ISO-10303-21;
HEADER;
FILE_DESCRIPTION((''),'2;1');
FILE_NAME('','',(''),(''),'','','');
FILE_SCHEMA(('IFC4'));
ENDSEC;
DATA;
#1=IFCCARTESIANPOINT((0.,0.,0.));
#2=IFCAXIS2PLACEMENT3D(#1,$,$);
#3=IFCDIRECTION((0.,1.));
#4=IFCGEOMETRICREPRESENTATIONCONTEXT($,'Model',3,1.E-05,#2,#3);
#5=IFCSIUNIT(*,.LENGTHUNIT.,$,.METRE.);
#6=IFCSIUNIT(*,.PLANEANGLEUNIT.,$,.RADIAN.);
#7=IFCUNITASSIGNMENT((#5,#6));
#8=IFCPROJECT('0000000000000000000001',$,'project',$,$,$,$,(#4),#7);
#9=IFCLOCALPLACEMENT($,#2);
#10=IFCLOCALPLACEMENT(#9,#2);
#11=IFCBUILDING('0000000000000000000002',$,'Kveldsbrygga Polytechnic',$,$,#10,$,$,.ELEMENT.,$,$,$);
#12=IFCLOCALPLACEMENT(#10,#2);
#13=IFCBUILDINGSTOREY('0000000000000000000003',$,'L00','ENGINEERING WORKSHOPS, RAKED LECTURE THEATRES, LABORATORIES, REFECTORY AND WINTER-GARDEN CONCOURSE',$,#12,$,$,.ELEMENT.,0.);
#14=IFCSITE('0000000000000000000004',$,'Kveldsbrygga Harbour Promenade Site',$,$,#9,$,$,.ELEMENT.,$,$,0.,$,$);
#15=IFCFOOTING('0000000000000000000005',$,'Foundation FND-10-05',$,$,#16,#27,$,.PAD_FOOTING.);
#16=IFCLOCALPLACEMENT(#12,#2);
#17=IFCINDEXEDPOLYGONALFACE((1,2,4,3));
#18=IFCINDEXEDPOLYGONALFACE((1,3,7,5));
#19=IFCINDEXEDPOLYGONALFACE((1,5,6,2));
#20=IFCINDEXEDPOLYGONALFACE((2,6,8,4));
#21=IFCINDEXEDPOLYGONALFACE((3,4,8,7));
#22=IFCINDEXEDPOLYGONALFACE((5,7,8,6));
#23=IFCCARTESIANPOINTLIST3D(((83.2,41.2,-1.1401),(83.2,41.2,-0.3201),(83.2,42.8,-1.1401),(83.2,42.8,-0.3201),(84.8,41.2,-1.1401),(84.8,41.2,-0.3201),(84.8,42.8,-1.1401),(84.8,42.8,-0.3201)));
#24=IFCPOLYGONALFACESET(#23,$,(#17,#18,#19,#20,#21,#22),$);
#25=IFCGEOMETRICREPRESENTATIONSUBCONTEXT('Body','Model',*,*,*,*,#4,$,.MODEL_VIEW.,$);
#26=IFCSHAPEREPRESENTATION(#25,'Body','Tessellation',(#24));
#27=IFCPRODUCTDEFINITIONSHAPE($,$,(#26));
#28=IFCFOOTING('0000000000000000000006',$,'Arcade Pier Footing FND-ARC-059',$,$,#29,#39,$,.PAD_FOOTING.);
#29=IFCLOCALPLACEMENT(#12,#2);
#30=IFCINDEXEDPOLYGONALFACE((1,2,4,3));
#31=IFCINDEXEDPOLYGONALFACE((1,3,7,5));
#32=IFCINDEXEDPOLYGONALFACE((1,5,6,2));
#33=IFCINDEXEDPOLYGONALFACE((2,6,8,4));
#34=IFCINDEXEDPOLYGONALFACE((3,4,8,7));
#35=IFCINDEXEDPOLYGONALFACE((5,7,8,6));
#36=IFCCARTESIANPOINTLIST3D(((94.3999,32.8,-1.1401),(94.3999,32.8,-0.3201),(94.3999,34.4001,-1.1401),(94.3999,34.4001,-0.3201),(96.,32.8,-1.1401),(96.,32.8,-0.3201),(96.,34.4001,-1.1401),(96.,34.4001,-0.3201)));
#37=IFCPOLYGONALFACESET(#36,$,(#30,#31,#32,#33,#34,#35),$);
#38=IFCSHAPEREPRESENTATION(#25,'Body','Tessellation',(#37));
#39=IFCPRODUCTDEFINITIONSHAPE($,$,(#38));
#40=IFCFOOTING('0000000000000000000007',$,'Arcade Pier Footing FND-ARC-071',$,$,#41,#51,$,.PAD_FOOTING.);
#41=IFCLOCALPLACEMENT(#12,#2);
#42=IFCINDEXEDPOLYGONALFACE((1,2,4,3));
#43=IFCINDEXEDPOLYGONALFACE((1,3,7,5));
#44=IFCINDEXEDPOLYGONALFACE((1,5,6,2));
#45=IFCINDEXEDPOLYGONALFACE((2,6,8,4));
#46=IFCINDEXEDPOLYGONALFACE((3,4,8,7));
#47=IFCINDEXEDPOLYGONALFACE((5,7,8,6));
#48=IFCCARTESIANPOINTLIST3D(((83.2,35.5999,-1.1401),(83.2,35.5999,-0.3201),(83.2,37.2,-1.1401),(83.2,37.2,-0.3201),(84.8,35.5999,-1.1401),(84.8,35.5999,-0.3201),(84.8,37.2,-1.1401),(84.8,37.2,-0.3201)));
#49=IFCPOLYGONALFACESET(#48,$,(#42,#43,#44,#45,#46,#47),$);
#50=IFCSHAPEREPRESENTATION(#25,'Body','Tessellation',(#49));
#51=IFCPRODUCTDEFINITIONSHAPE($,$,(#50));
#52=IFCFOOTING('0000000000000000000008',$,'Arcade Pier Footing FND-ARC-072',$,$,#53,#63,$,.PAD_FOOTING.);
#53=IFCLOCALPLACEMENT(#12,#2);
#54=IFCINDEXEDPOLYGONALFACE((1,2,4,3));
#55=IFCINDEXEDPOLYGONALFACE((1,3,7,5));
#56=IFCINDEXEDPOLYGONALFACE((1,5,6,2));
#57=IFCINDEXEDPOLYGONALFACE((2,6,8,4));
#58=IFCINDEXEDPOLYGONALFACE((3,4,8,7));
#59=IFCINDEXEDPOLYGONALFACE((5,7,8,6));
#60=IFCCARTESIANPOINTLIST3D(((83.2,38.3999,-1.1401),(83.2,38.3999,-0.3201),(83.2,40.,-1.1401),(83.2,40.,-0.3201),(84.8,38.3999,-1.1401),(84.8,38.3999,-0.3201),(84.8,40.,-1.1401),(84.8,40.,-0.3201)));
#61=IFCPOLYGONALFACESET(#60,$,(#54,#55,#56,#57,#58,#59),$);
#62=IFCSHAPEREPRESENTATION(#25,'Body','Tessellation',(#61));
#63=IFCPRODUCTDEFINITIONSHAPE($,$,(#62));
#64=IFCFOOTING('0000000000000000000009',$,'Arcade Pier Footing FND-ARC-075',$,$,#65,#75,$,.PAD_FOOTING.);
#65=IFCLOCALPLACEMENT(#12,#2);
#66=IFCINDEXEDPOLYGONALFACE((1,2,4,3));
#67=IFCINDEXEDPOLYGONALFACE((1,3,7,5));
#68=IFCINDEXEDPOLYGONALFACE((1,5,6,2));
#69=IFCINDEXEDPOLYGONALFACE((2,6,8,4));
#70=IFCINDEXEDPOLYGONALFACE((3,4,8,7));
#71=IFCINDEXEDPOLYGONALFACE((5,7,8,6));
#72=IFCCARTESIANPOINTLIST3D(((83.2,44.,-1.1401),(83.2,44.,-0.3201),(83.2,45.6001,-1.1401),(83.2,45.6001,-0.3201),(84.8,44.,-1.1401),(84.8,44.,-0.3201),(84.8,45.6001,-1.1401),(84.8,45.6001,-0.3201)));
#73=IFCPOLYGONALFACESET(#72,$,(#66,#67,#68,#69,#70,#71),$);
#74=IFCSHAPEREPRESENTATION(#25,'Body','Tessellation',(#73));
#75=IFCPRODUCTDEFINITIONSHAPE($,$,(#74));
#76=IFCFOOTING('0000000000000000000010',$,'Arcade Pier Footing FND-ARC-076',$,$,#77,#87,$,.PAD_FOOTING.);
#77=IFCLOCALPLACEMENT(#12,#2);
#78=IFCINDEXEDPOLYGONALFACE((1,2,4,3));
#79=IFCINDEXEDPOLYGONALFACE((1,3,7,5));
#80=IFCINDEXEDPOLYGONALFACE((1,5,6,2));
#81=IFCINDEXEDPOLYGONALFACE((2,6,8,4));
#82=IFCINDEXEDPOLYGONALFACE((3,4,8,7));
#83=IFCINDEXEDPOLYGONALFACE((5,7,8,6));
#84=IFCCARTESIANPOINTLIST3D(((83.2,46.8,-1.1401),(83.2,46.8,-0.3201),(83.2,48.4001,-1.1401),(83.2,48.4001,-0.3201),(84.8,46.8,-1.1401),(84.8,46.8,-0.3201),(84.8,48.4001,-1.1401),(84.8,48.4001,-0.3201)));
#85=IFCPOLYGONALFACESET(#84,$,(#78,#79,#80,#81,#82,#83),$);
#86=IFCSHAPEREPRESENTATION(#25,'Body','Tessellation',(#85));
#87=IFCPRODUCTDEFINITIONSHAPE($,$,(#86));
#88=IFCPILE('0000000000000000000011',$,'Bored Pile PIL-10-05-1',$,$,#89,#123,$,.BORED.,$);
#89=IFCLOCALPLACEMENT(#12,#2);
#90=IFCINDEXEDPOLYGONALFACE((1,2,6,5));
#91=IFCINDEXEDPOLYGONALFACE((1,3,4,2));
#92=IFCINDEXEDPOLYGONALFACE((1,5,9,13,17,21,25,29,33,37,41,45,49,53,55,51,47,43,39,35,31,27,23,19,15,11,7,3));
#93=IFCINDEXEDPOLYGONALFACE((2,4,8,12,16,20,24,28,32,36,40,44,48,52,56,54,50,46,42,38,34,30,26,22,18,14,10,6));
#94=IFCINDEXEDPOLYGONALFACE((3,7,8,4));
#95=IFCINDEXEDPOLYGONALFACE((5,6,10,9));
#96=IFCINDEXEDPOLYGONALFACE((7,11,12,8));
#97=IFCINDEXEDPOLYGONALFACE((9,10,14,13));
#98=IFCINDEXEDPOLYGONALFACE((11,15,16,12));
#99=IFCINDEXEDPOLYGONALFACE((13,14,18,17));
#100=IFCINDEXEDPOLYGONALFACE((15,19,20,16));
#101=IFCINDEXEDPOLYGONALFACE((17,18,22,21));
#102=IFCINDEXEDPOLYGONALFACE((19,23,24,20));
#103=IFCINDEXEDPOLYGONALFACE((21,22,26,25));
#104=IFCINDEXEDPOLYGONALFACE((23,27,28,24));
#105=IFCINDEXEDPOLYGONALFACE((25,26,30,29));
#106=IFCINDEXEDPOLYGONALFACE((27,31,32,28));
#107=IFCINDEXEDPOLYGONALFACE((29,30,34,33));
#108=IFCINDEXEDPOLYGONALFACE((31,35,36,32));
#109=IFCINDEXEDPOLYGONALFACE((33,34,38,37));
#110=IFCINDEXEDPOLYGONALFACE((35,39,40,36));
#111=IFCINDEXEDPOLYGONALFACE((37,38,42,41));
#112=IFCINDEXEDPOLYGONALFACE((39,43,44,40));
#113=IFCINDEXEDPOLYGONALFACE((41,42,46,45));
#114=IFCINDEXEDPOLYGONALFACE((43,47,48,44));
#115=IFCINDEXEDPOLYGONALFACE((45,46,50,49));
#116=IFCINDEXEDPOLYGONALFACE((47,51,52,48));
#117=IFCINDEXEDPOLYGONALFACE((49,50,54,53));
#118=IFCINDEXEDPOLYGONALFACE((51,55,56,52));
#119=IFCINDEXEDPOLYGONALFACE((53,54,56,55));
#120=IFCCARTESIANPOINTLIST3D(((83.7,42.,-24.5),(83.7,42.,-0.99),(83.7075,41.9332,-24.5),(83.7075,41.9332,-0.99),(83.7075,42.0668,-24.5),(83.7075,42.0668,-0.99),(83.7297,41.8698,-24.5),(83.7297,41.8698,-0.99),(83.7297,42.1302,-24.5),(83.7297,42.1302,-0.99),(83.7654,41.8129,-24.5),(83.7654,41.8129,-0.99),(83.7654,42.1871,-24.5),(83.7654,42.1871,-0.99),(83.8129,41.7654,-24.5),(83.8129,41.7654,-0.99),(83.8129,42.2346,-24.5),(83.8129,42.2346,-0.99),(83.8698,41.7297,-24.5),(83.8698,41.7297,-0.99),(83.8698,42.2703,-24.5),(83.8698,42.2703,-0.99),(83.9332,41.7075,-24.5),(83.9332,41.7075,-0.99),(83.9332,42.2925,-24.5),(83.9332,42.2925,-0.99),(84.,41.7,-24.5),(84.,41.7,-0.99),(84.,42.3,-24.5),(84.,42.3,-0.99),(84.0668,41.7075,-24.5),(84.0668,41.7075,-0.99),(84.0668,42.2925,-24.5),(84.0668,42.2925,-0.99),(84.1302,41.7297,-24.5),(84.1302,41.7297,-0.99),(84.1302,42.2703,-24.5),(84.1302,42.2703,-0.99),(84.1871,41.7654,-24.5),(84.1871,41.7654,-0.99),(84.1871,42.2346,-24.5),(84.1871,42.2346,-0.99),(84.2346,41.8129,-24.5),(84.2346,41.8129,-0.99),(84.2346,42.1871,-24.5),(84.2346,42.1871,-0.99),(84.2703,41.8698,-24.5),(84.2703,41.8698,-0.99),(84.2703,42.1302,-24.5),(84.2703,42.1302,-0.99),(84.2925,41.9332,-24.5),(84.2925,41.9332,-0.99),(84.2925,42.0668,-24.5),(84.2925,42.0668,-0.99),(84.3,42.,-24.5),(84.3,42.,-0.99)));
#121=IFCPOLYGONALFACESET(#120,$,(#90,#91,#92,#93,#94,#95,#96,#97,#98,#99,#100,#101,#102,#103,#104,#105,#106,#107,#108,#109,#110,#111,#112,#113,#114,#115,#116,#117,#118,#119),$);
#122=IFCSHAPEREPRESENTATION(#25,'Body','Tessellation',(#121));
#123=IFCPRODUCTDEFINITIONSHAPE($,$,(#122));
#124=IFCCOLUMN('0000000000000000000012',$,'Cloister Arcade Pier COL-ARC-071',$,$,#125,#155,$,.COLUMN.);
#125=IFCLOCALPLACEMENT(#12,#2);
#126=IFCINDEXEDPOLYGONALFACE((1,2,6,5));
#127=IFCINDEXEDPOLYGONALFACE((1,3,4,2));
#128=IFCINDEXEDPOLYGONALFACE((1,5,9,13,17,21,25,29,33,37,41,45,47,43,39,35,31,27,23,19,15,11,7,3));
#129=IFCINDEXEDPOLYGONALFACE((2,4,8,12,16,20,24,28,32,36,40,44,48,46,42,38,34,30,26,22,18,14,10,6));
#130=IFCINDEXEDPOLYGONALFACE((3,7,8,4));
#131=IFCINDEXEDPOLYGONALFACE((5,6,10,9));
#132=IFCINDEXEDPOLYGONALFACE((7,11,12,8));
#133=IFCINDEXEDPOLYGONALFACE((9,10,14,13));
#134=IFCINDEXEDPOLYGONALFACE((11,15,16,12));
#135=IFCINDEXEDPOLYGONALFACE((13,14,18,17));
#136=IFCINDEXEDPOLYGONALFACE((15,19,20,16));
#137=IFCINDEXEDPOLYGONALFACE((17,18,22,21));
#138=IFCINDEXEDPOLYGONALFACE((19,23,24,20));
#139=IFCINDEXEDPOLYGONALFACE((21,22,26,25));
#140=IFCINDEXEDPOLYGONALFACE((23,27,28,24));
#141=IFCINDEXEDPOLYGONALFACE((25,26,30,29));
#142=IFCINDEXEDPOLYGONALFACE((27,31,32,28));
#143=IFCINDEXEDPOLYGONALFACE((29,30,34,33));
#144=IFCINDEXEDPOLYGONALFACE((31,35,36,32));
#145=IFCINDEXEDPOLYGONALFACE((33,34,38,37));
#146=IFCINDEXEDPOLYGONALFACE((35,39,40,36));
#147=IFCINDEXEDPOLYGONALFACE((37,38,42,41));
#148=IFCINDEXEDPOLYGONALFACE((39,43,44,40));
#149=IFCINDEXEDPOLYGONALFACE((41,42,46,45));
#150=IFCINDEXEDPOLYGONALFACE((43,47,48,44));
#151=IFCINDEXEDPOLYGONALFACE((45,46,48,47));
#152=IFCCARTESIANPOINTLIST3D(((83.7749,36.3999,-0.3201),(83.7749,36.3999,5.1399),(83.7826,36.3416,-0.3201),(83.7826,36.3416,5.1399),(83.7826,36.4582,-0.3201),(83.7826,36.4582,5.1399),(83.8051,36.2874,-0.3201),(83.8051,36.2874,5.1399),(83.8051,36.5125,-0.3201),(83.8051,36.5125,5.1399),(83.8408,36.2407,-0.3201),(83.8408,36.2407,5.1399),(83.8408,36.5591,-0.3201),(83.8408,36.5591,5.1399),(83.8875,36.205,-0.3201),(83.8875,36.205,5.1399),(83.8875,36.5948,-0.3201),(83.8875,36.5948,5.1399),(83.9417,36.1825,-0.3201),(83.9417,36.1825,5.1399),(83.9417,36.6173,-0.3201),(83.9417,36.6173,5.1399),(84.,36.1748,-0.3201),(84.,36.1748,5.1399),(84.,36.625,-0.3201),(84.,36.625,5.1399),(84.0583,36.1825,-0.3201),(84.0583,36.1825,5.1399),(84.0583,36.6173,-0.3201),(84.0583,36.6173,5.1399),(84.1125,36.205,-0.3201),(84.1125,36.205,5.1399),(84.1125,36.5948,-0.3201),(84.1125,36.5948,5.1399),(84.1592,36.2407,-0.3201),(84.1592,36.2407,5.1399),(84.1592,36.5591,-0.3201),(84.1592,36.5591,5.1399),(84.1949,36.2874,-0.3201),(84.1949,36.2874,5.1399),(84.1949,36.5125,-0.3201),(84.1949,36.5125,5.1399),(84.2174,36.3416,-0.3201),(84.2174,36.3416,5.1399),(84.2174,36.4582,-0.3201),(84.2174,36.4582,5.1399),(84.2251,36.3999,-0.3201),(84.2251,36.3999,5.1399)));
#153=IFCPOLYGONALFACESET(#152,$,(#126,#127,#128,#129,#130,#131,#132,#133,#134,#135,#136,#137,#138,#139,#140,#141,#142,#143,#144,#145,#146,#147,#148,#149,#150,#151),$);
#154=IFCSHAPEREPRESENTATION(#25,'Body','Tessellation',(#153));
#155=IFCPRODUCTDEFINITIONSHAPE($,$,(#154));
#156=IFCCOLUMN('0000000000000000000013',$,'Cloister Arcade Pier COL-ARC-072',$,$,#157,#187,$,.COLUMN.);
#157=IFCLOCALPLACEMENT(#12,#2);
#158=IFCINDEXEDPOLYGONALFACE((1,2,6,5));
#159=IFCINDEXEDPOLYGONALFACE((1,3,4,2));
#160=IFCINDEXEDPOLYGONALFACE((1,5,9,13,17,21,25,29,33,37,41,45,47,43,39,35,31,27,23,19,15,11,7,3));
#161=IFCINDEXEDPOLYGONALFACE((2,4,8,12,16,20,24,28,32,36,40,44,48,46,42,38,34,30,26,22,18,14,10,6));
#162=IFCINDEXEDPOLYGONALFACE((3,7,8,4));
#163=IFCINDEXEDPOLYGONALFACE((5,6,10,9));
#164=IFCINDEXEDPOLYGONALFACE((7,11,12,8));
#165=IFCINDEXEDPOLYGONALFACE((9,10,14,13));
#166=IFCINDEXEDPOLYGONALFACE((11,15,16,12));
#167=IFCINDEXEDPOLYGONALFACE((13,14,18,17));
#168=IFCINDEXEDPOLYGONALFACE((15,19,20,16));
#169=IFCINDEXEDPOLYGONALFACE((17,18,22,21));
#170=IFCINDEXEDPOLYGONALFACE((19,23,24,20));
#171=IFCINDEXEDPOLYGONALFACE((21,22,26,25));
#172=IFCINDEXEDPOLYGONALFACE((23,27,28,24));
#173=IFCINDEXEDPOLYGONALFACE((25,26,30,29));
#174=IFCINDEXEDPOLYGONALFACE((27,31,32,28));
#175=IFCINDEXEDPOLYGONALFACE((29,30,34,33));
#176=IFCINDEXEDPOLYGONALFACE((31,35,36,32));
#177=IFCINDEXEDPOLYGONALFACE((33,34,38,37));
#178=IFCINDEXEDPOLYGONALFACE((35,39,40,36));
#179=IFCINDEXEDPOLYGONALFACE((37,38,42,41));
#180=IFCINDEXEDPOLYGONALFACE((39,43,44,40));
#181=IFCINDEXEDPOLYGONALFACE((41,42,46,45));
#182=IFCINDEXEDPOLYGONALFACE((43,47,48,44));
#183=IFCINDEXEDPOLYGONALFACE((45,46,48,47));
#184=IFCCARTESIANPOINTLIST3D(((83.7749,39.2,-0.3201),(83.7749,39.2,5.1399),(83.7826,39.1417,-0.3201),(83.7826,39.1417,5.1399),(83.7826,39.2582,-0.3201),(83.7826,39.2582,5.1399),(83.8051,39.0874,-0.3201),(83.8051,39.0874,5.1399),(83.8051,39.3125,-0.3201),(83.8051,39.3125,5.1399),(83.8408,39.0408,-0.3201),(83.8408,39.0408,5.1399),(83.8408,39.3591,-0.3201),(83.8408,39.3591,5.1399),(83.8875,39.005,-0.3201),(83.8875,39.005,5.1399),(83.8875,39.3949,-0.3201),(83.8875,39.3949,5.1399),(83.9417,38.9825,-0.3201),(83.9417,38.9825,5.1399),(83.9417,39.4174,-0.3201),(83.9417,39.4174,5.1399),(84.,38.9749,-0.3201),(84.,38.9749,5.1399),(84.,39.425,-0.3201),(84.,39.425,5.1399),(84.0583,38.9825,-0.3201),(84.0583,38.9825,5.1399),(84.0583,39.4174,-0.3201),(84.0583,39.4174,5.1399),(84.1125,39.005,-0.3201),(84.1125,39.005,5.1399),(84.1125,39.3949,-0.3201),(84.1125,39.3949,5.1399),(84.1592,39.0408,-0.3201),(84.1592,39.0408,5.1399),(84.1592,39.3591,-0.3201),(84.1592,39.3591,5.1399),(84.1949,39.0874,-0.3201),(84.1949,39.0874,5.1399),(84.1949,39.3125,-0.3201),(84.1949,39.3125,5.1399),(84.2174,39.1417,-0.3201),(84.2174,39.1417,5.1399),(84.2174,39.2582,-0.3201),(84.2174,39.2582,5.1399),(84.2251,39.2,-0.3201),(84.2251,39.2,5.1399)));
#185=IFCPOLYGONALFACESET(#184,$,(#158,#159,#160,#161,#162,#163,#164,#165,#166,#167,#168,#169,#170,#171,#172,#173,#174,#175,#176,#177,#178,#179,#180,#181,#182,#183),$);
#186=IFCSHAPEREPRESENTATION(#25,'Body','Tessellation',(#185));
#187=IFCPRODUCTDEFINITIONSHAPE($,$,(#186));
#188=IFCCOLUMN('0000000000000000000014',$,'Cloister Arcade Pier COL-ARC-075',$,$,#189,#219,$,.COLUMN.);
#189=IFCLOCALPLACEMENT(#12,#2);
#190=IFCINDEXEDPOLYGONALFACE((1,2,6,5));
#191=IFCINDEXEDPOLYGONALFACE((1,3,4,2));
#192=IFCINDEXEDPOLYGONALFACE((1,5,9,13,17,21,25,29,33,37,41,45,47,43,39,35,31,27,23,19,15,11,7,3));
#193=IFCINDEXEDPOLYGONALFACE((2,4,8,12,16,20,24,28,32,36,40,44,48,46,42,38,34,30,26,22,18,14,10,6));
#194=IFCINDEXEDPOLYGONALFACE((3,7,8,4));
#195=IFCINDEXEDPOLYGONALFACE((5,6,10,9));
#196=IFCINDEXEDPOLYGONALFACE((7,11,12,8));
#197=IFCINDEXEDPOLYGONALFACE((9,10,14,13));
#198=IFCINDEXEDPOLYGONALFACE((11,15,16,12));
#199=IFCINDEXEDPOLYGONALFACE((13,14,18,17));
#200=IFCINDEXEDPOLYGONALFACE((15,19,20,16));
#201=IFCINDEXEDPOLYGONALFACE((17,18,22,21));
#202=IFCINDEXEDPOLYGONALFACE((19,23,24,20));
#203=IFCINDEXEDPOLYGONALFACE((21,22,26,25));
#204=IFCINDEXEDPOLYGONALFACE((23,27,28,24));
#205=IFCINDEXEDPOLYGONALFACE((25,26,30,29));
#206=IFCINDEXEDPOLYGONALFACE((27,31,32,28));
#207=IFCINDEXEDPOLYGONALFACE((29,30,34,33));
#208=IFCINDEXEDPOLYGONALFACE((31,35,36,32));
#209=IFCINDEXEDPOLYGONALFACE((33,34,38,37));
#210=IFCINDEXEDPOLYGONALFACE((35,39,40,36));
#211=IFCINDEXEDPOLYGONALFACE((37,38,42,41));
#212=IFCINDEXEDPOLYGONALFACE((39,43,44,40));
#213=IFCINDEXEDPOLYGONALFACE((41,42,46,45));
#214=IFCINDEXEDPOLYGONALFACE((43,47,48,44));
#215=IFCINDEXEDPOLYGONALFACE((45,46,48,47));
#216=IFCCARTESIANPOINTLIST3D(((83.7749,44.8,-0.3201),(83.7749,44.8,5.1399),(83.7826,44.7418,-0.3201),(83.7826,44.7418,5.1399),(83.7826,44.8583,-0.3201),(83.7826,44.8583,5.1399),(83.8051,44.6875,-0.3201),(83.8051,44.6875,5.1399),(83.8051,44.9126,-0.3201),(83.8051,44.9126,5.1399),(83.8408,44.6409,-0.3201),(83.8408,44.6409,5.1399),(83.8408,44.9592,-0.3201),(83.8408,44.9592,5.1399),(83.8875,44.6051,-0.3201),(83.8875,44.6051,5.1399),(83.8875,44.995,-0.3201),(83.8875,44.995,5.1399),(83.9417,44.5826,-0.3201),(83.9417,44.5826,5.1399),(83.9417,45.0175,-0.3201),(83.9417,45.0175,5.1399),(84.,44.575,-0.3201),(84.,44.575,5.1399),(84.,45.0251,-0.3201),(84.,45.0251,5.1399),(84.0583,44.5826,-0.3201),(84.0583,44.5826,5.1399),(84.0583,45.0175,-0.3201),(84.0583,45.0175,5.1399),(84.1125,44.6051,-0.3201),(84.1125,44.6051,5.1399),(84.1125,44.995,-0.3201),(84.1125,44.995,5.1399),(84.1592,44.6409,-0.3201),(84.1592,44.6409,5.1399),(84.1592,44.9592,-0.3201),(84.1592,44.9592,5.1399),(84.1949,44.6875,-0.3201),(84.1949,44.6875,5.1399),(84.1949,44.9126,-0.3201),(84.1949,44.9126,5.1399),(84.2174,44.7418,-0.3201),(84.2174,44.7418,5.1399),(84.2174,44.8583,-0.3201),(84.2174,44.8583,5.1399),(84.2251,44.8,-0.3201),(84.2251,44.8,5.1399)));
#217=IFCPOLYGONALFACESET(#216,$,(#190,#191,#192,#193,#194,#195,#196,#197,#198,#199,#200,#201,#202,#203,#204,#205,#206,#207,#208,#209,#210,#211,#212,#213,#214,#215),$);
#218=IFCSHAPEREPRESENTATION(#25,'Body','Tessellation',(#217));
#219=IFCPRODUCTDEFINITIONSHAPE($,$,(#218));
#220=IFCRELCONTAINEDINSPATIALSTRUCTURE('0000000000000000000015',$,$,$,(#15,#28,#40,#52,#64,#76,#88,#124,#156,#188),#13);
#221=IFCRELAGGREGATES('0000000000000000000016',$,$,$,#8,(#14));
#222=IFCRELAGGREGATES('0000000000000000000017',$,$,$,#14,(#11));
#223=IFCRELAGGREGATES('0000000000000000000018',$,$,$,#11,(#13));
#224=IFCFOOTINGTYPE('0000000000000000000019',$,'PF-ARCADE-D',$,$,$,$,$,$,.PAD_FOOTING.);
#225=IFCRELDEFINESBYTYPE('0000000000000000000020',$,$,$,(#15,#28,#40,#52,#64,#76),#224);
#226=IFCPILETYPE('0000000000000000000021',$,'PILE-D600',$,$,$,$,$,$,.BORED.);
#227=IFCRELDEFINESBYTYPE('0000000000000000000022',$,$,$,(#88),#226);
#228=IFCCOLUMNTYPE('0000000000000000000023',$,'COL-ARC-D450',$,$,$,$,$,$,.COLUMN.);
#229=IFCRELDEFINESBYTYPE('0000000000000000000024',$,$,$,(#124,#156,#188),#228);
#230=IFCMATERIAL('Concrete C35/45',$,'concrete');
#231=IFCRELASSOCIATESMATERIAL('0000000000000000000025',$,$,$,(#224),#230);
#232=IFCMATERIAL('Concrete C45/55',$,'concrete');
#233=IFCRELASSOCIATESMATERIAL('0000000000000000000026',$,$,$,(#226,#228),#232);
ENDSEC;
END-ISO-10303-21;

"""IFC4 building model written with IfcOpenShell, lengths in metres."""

from ifc_helpers import new_model, si_unit, direction, frame, origin, origin_2d, place, context, subcontext, project, spatial, rectangle, circle, extrude, material, material_profile, profile_set, type_object, element, save


model = new_model("IFC4")

# Units and contexts
model_context = context("Model", 3, precision=1e-05, world=origin(), true_north=direction((0.0, 1.0)))
body_context = subcontext(model_context, "Body", "Model", "MODEL_VIEW")
ifc_project = project(units=[si_unit("LENGTHUNIT", "METRE"), si_unit("PLANEANGLEUNIT", "RADIAN")], contexts=[model_context])

# Site, building, storey
site_placement = place(None, origin())
site = spatial("IfcSite", under=ifc_project, at=site_placement, Name="Kveldsbrygga Harbour Promenade Site", CompositionType="ELEMENT", RefElevation=0.0)
building_placement = place(site_placement, origin())
building = spatial("IfcBuilding", under=site, at=building_placement, Name="Kveldsbrygga Polytechnic", CompositionType="ELEMENT")
storey_placement = place(building_placement, origin())
storey = spatial("IfcBuildingStorey", under=building, at=storey_placement, Name="L00", Description="ENGINEERING WORKSHOPS, RAKED LECTURE THEATRES, LABORATORIES, REFECTORY AND WINTER-GARDEN CONCOURSE", CompositionType="ELEMENT", Elevation=0.0)

# Footings
ifc_material_1 = material(Name="Concrete C35/45", Category="concrete")
footing_type = type_object("IfcFootingType", Name="PF-ARCADE-D", PredefinedType="PAD_FOOTING", material=ifc_material_1)
for number, where, z_axis, x_axis, name in (
    (1, (84.0, 42.0, -1.1401), (0.0, 0.0, 1.0), (1.0, 0.0, 0.0), "Foundation FND-10-05"),
    (2, (95.2, 33.6001, -1.1401), (0.0, 0.0, 1.0), (1.0, 0.0, 0.0), "Arcade Pier Footing FND-ARC-059"),
    (3, (84.0, 36.3999, -1.1401), (0.0, 0.0, 1.0), (1.0, 0.0, 0.0), "Arcade Pier Footing FND-ARC-071"),
    (4, (84.0, 39.2, -1.1401), (0.0, 0.0, 1.0), (1.0, 0.0, 0.0), "Arcade Pier Footing FND-ARC-072"),
    (5, (84.0, 44.8, -1.1401), (0.0, 0.0, 1.0), (1.0, 0.0, 0.0), "Arcade Pier Footing FND-ARC-075"),
    (6, (84.0, 47.6001, -1.1401), (0.0, 0.0, 1.0), (1.0, 0.0, 0.0), "Arcade Pier Footing FND-ARC-076"),
):
    element("IfcFooting", number, at=place(storey_placement, frame(where, z_axis=z_axis, x_axis=x_axis)), inside=storey, type_object=footing_type, Name=name, PredefinedType="PAD_FOOTING", context=body_context, shape_type="SweptSolid", body=[
        extrude(rectangle(XDim=1.6001, YDim=1.6001, at=origin_2d()), origin(), (0.0, 0.0, 1.0), 0.8201),
    ])

# Pile
ifc_material_2 = material(Name="Concrete C45/55", Category="concrete")
ifc_material_profile_1 = material_profile(ifc_material_2, circle(Radius=0.3, at=origin_2d()), Name="PILE D600")
ifc_profile_set_1 = profile_set([ifc_material_profile_1], Name="Concrete C45/55")
pile_type = type_object("IfcPileType", Name="PILE-D600", PredefinedType="BORED", material=ifc_profile_set_1)
pile_placement = place(storey_placement, frame((84.0, 42.0, -0.99), z_axis=(0.0, 0.0, -1.0), x_axis=(1.0, 0.0, 0.0)))
element("IfcPile", 7, at=pile_placement, inside=storey, type_object=pile_type, Name="Bored Pile PIL-10-05-1", PredefinedType="BORED", context=body_context, shape_type="SweptSolid", body=[
    extrude(circle(Radius=0.3, at=origin_2d()), origin(), (0.0, 0.0, 1.0), 23.51),
])

# Columns
ifc_material_profile_2 = material_profile(ifc_material_2, circle(Radius=0.2251, at=origin_2d()), Name="RC D450")
ifc_profile_set_2 = profile_set([ifc_material_profile_2], Name="Concrete C45/55")
column_type_1 = type_object("IfcColumnType", Name="COL-ARC-D450", PredefinedType="COLUMN", material=ifc_profile_set_2)
for number, where, z_axis, x_axis, name in (
    (8, (84.0, 36.3999, -0.3201), (0.0, 0.0, 1.0), (1.0, 0.0, 0.0), "Cloister Arcade Pier COL-ARC-071"),
    (9, (84.0, 39.2, -0.3201), (0.0, 0.0, 1.0), (1.0, 0.0, 0.0), "Cloister Arcade Pier COL-ARC-072"),
    (10, (84.0, 44.8, -0.3201), (0.0, 0.0, 1.0), (1.0, 0.0, 0.0), "Cloister Arcade Pier COL-ARC-075"),
):
    element("IfcColumn", number, at=place(storey_placement, frame(where, z_axis=z_axis, x_axis=x_axis)), inside=storey, type_object=column_type_1, Name=name, PredefinedType="COLUMN", context=body_context, shape_type="SweptSolid", body=[
        extrude(circle(Radius=0.2251, at=origin_2d()), origin(), (0.0, 0.0, 1.0), 5.46),
    ])

save(model, "model.ifc")
